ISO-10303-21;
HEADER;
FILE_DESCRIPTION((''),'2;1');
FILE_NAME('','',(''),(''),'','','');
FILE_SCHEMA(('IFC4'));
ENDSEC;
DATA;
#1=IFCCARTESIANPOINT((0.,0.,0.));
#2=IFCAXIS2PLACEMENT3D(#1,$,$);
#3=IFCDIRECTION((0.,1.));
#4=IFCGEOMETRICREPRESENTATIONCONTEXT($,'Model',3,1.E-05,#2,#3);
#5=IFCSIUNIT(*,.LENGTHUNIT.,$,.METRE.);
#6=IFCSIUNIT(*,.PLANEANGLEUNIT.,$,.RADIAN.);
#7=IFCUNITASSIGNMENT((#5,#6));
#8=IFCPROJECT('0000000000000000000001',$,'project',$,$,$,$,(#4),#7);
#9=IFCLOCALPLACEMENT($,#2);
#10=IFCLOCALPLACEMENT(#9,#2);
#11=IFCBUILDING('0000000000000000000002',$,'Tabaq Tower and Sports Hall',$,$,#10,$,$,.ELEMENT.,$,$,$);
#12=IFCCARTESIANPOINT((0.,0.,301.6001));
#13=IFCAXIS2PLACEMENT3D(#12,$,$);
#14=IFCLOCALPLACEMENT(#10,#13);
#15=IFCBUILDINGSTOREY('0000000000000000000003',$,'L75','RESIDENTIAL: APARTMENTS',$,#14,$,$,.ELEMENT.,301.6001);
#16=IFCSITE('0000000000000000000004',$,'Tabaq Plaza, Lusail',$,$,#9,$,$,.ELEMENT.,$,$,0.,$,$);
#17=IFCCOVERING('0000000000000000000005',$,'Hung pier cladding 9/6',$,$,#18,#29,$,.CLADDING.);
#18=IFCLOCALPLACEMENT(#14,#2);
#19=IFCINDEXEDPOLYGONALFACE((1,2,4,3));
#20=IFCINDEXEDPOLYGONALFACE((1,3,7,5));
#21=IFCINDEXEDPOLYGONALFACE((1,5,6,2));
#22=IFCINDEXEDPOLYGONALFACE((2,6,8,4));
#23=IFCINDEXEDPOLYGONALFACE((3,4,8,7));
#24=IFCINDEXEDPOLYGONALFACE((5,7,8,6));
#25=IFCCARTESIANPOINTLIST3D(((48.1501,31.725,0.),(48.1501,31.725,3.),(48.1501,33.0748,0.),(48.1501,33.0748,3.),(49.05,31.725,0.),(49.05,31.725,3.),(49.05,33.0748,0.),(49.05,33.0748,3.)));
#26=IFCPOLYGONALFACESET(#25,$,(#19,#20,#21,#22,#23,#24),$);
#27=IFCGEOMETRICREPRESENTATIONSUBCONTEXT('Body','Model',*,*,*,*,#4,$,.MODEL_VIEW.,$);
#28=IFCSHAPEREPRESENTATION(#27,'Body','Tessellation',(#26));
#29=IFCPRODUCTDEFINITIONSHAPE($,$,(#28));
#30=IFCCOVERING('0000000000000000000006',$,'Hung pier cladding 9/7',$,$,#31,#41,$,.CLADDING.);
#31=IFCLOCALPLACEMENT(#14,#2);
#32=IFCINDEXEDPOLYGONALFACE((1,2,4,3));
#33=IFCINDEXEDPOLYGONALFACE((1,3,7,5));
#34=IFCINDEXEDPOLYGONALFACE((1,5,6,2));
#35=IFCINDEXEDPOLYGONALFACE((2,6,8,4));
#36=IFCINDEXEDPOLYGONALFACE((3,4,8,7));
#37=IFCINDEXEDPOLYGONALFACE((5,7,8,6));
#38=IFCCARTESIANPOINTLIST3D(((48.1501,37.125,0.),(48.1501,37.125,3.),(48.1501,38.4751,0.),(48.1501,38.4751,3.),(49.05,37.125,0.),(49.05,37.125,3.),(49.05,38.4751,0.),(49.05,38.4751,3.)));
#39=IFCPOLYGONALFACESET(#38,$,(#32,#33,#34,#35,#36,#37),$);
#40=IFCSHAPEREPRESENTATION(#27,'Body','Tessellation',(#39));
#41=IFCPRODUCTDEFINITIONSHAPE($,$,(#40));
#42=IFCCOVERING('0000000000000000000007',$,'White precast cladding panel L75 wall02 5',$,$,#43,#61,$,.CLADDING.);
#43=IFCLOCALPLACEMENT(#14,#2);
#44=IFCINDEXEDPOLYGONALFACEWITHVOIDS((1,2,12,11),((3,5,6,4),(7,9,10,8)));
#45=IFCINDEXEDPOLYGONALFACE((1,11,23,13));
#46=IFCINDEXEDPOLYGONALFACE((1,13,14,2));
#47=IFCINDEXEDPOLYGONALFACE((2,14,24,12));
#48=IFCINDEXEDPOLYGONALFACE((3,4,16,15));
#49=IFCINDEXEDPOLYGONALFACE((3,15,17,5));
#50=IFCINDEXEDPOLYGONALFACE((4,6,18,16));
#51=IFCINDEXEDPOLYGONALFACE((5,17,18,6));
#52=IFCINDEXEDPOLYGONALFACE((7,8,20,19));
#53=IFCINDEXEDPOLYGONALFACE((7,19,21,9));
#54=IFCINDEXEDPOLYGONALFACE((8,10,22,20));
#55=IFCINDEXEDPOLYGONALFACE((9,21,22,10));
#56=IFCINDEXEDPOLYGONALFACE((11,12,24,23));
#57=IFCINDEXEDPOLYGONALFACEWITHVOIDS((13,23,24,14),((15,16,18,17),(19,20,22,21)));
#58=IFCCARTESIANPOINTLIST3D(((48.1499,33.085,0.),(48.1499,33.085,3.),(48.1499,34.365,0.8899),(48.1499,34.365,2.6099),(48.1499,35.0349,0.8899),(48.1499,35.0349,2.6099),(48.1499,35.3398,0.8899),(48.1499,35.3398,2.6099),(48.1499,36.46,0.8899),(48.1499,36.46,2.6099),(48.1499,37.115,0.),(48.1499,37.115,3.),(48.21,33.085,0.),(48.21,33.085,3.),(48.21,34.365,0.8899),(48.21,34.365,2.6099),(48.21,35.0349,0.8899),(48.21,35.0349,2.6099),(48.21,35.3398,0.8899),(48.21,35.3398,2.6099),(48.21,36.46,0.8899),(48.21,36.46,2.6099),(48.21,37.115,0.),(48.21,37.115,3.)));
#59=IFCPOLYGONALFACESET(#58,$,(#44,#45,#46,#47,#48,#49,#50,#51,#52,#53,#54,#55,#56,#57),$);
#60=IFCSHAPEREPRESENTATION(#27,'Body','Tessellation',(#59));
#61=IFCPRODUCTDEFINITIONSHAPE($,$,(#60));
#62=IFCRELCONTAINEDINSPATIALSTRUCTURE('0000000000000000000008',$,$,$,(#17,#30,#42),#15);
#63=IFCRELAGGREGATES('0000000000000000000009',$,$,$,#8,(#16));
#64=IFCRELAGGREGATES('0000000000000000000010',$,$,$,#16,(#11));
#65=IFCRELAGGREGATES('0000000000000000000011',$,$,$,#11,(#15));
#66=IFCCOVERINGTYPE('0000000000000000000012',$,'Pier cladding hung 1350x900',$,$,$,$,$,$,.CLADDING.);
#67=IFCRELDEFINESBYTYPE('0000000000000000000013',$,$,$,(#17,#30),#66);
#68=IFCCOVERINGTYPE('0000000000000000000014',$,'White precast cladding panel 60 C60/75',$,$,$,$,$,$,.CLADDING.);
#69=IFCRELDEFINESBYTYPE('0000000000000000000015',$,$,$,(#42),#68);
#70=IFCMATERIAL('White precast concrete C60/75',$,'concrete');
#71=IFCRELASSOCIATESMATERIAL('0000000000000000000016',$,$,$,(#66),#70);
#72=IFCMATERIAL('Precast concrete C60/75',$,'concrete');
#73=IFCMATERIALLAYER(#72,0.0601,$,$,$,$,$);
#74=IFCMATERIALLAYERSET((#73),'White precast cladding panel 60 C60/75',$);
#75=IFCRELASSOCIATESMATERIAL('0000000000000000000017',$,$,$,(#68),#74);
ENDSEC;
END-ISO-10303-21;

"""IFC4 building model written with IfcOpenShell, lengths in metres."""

from ifc_helpers import new_model, si_unit, direction, frame, frame_2d, origin, place, context, subcontext, project, spatial, polyline, rectangle, outline, extrude, material, layer, layer_set, type_object, element, save


model = new_model("IFC4")

# Units and contexts
model_context = context("Model", 3, precision=1e-05, world=origin(), true_north=direction((0.0, 1.0)))
body_context = subcontext(model_context, "Body", "Model", "MODEL_VIEW")
ifc_project = project(units=[si_unit("LENGTHUNIT", "METRE"), si_unit("PLANEANGLEUNIT", "RADIAN")], contexts=[model_context])

# Site, building, storey
site_placement = place(None, origin())
site = spatial("IfcSite", under=ifc_project, at=site_placement, Name="Tabaq Plaza, Lusail", CompositionType="ELEMENT", RefElevation=0.0)
building_placement = place(site_placement, origin())
building = spatial("IfcBuilding", under=site, at=building_placement, Name="Tabaq Tower and Sports Hall", CompositionType="ELEMENT")
storey_placement = place(building_placement, frame((0.0, 0.0, 301.6001)))
storey = spatial("IfcBuildingStorey", under=building, at=storey_placement, Name="L75", Description="RESIDENTIAL: APARTMENTS", CompositionType="ELEMENT", Elevation=301.6001)

# Coverings
ifc_material_1 = material(Name="White precast concrete C60/75", Category="concrete")
covering_type_1 = type_object("IfcCoveringType", Name="Pier cladding hung 1350x900", PredefinedType="CLADDING", material=ifc_material_1)
covering_1_placement = place(storey_placement, frame((48.6001, 31.7251, 0.0), z_axis=(0.0, 0.0, 1.0), x_axis=(0.0, 1.0, 0.0)))
element("IfcCovering", 1, at=covering_1_placement, inside=storey, type_object=covering_type_1, Name="Hung pier cladding 9/6", PredefinedType="CLADDING", context=body_context, shape_type="SweptSolid", body=[
    extrude(rectangle(XDim=1.3499, YDim=0.8999, at=frame_2d((0.6748, 0.0))), origin(), (0.0, 0.0, 1.0), 3.0),
])
covering_2_placement = place(storey_placement, frame((48.6001, 37.125, 0.0), z_axis=(0.0, 0.0, 1.0), x_axis=(0.0, 1.0, 0.0)))
element("IfcCovering", 2, at=covering_2_placement, inside=storey, type_object=covering_type_1, Name="Hung pier cladding 9/7", PredefinedType="CLADDING", context=body_context, shape_type="SweptSolid", body=[
    extrude(rectangle(XDim=1.3501, YDim=0.8999, at=frame_2d((0.675, 0.0))), origin(), (0.0, 0.0, 1.0), 3.0),
])
ifc_material_2 = material(Name="Precast concrete C60/75", Category="concrete")
ifc_layer_1 = layer(ifc_material_2, 0.0601)
ifc_layer_set_1 = layer_set([ifc_layer_1], Name="White precast cladding panel 60 C60/75")
covering_type_2 = type_object("IfcCoveringType", Name="White precast cladding panel 60 C60/75", PredefinedType="CLADDING", material=ifc_layer_set_1)
covering_3_placement = place(storey_placement, frame((48.1799, 33.085, 0.0), z_axis=(0.0, 0.0, 1.0), x_axis=(0.0, 1.0, 0.0)))
element("IfcCovering", 3, at=covering_3_placement, inside=storey, type_object=covering_type_2, Name="White precast cladding panel L75 wall02 5", PredefinedType="CLADDING", context=body_context, shape_type="SweptSolid", body=[
    extrude(outline(polyline([(0.0, 0.0), (4.03, 0.0), (4.03, 3.0), (0.0, 3.0), (0.0, 0.0)]), holes=[polyline([(1.28, 2.6099), (1.95, 2.6099), (1.95, 0.8899), (1.28, 0.8899), (1.28, 2.6099)]), polyline([(2.2549, 2.6099), (3.375, 2.6099), (3.375, 0.8899), (2.2549, 0.8899), (2.2549, 2.6099)])]), frame((0.0, 0.03, 0.0), z_axis=(0.0, -1.0, 0.0), x_axis=(1.0, 0.0, 0.0)), (0.0, 0.0, 1.0), 0.0601),
])

save(model, "model.ifc")
